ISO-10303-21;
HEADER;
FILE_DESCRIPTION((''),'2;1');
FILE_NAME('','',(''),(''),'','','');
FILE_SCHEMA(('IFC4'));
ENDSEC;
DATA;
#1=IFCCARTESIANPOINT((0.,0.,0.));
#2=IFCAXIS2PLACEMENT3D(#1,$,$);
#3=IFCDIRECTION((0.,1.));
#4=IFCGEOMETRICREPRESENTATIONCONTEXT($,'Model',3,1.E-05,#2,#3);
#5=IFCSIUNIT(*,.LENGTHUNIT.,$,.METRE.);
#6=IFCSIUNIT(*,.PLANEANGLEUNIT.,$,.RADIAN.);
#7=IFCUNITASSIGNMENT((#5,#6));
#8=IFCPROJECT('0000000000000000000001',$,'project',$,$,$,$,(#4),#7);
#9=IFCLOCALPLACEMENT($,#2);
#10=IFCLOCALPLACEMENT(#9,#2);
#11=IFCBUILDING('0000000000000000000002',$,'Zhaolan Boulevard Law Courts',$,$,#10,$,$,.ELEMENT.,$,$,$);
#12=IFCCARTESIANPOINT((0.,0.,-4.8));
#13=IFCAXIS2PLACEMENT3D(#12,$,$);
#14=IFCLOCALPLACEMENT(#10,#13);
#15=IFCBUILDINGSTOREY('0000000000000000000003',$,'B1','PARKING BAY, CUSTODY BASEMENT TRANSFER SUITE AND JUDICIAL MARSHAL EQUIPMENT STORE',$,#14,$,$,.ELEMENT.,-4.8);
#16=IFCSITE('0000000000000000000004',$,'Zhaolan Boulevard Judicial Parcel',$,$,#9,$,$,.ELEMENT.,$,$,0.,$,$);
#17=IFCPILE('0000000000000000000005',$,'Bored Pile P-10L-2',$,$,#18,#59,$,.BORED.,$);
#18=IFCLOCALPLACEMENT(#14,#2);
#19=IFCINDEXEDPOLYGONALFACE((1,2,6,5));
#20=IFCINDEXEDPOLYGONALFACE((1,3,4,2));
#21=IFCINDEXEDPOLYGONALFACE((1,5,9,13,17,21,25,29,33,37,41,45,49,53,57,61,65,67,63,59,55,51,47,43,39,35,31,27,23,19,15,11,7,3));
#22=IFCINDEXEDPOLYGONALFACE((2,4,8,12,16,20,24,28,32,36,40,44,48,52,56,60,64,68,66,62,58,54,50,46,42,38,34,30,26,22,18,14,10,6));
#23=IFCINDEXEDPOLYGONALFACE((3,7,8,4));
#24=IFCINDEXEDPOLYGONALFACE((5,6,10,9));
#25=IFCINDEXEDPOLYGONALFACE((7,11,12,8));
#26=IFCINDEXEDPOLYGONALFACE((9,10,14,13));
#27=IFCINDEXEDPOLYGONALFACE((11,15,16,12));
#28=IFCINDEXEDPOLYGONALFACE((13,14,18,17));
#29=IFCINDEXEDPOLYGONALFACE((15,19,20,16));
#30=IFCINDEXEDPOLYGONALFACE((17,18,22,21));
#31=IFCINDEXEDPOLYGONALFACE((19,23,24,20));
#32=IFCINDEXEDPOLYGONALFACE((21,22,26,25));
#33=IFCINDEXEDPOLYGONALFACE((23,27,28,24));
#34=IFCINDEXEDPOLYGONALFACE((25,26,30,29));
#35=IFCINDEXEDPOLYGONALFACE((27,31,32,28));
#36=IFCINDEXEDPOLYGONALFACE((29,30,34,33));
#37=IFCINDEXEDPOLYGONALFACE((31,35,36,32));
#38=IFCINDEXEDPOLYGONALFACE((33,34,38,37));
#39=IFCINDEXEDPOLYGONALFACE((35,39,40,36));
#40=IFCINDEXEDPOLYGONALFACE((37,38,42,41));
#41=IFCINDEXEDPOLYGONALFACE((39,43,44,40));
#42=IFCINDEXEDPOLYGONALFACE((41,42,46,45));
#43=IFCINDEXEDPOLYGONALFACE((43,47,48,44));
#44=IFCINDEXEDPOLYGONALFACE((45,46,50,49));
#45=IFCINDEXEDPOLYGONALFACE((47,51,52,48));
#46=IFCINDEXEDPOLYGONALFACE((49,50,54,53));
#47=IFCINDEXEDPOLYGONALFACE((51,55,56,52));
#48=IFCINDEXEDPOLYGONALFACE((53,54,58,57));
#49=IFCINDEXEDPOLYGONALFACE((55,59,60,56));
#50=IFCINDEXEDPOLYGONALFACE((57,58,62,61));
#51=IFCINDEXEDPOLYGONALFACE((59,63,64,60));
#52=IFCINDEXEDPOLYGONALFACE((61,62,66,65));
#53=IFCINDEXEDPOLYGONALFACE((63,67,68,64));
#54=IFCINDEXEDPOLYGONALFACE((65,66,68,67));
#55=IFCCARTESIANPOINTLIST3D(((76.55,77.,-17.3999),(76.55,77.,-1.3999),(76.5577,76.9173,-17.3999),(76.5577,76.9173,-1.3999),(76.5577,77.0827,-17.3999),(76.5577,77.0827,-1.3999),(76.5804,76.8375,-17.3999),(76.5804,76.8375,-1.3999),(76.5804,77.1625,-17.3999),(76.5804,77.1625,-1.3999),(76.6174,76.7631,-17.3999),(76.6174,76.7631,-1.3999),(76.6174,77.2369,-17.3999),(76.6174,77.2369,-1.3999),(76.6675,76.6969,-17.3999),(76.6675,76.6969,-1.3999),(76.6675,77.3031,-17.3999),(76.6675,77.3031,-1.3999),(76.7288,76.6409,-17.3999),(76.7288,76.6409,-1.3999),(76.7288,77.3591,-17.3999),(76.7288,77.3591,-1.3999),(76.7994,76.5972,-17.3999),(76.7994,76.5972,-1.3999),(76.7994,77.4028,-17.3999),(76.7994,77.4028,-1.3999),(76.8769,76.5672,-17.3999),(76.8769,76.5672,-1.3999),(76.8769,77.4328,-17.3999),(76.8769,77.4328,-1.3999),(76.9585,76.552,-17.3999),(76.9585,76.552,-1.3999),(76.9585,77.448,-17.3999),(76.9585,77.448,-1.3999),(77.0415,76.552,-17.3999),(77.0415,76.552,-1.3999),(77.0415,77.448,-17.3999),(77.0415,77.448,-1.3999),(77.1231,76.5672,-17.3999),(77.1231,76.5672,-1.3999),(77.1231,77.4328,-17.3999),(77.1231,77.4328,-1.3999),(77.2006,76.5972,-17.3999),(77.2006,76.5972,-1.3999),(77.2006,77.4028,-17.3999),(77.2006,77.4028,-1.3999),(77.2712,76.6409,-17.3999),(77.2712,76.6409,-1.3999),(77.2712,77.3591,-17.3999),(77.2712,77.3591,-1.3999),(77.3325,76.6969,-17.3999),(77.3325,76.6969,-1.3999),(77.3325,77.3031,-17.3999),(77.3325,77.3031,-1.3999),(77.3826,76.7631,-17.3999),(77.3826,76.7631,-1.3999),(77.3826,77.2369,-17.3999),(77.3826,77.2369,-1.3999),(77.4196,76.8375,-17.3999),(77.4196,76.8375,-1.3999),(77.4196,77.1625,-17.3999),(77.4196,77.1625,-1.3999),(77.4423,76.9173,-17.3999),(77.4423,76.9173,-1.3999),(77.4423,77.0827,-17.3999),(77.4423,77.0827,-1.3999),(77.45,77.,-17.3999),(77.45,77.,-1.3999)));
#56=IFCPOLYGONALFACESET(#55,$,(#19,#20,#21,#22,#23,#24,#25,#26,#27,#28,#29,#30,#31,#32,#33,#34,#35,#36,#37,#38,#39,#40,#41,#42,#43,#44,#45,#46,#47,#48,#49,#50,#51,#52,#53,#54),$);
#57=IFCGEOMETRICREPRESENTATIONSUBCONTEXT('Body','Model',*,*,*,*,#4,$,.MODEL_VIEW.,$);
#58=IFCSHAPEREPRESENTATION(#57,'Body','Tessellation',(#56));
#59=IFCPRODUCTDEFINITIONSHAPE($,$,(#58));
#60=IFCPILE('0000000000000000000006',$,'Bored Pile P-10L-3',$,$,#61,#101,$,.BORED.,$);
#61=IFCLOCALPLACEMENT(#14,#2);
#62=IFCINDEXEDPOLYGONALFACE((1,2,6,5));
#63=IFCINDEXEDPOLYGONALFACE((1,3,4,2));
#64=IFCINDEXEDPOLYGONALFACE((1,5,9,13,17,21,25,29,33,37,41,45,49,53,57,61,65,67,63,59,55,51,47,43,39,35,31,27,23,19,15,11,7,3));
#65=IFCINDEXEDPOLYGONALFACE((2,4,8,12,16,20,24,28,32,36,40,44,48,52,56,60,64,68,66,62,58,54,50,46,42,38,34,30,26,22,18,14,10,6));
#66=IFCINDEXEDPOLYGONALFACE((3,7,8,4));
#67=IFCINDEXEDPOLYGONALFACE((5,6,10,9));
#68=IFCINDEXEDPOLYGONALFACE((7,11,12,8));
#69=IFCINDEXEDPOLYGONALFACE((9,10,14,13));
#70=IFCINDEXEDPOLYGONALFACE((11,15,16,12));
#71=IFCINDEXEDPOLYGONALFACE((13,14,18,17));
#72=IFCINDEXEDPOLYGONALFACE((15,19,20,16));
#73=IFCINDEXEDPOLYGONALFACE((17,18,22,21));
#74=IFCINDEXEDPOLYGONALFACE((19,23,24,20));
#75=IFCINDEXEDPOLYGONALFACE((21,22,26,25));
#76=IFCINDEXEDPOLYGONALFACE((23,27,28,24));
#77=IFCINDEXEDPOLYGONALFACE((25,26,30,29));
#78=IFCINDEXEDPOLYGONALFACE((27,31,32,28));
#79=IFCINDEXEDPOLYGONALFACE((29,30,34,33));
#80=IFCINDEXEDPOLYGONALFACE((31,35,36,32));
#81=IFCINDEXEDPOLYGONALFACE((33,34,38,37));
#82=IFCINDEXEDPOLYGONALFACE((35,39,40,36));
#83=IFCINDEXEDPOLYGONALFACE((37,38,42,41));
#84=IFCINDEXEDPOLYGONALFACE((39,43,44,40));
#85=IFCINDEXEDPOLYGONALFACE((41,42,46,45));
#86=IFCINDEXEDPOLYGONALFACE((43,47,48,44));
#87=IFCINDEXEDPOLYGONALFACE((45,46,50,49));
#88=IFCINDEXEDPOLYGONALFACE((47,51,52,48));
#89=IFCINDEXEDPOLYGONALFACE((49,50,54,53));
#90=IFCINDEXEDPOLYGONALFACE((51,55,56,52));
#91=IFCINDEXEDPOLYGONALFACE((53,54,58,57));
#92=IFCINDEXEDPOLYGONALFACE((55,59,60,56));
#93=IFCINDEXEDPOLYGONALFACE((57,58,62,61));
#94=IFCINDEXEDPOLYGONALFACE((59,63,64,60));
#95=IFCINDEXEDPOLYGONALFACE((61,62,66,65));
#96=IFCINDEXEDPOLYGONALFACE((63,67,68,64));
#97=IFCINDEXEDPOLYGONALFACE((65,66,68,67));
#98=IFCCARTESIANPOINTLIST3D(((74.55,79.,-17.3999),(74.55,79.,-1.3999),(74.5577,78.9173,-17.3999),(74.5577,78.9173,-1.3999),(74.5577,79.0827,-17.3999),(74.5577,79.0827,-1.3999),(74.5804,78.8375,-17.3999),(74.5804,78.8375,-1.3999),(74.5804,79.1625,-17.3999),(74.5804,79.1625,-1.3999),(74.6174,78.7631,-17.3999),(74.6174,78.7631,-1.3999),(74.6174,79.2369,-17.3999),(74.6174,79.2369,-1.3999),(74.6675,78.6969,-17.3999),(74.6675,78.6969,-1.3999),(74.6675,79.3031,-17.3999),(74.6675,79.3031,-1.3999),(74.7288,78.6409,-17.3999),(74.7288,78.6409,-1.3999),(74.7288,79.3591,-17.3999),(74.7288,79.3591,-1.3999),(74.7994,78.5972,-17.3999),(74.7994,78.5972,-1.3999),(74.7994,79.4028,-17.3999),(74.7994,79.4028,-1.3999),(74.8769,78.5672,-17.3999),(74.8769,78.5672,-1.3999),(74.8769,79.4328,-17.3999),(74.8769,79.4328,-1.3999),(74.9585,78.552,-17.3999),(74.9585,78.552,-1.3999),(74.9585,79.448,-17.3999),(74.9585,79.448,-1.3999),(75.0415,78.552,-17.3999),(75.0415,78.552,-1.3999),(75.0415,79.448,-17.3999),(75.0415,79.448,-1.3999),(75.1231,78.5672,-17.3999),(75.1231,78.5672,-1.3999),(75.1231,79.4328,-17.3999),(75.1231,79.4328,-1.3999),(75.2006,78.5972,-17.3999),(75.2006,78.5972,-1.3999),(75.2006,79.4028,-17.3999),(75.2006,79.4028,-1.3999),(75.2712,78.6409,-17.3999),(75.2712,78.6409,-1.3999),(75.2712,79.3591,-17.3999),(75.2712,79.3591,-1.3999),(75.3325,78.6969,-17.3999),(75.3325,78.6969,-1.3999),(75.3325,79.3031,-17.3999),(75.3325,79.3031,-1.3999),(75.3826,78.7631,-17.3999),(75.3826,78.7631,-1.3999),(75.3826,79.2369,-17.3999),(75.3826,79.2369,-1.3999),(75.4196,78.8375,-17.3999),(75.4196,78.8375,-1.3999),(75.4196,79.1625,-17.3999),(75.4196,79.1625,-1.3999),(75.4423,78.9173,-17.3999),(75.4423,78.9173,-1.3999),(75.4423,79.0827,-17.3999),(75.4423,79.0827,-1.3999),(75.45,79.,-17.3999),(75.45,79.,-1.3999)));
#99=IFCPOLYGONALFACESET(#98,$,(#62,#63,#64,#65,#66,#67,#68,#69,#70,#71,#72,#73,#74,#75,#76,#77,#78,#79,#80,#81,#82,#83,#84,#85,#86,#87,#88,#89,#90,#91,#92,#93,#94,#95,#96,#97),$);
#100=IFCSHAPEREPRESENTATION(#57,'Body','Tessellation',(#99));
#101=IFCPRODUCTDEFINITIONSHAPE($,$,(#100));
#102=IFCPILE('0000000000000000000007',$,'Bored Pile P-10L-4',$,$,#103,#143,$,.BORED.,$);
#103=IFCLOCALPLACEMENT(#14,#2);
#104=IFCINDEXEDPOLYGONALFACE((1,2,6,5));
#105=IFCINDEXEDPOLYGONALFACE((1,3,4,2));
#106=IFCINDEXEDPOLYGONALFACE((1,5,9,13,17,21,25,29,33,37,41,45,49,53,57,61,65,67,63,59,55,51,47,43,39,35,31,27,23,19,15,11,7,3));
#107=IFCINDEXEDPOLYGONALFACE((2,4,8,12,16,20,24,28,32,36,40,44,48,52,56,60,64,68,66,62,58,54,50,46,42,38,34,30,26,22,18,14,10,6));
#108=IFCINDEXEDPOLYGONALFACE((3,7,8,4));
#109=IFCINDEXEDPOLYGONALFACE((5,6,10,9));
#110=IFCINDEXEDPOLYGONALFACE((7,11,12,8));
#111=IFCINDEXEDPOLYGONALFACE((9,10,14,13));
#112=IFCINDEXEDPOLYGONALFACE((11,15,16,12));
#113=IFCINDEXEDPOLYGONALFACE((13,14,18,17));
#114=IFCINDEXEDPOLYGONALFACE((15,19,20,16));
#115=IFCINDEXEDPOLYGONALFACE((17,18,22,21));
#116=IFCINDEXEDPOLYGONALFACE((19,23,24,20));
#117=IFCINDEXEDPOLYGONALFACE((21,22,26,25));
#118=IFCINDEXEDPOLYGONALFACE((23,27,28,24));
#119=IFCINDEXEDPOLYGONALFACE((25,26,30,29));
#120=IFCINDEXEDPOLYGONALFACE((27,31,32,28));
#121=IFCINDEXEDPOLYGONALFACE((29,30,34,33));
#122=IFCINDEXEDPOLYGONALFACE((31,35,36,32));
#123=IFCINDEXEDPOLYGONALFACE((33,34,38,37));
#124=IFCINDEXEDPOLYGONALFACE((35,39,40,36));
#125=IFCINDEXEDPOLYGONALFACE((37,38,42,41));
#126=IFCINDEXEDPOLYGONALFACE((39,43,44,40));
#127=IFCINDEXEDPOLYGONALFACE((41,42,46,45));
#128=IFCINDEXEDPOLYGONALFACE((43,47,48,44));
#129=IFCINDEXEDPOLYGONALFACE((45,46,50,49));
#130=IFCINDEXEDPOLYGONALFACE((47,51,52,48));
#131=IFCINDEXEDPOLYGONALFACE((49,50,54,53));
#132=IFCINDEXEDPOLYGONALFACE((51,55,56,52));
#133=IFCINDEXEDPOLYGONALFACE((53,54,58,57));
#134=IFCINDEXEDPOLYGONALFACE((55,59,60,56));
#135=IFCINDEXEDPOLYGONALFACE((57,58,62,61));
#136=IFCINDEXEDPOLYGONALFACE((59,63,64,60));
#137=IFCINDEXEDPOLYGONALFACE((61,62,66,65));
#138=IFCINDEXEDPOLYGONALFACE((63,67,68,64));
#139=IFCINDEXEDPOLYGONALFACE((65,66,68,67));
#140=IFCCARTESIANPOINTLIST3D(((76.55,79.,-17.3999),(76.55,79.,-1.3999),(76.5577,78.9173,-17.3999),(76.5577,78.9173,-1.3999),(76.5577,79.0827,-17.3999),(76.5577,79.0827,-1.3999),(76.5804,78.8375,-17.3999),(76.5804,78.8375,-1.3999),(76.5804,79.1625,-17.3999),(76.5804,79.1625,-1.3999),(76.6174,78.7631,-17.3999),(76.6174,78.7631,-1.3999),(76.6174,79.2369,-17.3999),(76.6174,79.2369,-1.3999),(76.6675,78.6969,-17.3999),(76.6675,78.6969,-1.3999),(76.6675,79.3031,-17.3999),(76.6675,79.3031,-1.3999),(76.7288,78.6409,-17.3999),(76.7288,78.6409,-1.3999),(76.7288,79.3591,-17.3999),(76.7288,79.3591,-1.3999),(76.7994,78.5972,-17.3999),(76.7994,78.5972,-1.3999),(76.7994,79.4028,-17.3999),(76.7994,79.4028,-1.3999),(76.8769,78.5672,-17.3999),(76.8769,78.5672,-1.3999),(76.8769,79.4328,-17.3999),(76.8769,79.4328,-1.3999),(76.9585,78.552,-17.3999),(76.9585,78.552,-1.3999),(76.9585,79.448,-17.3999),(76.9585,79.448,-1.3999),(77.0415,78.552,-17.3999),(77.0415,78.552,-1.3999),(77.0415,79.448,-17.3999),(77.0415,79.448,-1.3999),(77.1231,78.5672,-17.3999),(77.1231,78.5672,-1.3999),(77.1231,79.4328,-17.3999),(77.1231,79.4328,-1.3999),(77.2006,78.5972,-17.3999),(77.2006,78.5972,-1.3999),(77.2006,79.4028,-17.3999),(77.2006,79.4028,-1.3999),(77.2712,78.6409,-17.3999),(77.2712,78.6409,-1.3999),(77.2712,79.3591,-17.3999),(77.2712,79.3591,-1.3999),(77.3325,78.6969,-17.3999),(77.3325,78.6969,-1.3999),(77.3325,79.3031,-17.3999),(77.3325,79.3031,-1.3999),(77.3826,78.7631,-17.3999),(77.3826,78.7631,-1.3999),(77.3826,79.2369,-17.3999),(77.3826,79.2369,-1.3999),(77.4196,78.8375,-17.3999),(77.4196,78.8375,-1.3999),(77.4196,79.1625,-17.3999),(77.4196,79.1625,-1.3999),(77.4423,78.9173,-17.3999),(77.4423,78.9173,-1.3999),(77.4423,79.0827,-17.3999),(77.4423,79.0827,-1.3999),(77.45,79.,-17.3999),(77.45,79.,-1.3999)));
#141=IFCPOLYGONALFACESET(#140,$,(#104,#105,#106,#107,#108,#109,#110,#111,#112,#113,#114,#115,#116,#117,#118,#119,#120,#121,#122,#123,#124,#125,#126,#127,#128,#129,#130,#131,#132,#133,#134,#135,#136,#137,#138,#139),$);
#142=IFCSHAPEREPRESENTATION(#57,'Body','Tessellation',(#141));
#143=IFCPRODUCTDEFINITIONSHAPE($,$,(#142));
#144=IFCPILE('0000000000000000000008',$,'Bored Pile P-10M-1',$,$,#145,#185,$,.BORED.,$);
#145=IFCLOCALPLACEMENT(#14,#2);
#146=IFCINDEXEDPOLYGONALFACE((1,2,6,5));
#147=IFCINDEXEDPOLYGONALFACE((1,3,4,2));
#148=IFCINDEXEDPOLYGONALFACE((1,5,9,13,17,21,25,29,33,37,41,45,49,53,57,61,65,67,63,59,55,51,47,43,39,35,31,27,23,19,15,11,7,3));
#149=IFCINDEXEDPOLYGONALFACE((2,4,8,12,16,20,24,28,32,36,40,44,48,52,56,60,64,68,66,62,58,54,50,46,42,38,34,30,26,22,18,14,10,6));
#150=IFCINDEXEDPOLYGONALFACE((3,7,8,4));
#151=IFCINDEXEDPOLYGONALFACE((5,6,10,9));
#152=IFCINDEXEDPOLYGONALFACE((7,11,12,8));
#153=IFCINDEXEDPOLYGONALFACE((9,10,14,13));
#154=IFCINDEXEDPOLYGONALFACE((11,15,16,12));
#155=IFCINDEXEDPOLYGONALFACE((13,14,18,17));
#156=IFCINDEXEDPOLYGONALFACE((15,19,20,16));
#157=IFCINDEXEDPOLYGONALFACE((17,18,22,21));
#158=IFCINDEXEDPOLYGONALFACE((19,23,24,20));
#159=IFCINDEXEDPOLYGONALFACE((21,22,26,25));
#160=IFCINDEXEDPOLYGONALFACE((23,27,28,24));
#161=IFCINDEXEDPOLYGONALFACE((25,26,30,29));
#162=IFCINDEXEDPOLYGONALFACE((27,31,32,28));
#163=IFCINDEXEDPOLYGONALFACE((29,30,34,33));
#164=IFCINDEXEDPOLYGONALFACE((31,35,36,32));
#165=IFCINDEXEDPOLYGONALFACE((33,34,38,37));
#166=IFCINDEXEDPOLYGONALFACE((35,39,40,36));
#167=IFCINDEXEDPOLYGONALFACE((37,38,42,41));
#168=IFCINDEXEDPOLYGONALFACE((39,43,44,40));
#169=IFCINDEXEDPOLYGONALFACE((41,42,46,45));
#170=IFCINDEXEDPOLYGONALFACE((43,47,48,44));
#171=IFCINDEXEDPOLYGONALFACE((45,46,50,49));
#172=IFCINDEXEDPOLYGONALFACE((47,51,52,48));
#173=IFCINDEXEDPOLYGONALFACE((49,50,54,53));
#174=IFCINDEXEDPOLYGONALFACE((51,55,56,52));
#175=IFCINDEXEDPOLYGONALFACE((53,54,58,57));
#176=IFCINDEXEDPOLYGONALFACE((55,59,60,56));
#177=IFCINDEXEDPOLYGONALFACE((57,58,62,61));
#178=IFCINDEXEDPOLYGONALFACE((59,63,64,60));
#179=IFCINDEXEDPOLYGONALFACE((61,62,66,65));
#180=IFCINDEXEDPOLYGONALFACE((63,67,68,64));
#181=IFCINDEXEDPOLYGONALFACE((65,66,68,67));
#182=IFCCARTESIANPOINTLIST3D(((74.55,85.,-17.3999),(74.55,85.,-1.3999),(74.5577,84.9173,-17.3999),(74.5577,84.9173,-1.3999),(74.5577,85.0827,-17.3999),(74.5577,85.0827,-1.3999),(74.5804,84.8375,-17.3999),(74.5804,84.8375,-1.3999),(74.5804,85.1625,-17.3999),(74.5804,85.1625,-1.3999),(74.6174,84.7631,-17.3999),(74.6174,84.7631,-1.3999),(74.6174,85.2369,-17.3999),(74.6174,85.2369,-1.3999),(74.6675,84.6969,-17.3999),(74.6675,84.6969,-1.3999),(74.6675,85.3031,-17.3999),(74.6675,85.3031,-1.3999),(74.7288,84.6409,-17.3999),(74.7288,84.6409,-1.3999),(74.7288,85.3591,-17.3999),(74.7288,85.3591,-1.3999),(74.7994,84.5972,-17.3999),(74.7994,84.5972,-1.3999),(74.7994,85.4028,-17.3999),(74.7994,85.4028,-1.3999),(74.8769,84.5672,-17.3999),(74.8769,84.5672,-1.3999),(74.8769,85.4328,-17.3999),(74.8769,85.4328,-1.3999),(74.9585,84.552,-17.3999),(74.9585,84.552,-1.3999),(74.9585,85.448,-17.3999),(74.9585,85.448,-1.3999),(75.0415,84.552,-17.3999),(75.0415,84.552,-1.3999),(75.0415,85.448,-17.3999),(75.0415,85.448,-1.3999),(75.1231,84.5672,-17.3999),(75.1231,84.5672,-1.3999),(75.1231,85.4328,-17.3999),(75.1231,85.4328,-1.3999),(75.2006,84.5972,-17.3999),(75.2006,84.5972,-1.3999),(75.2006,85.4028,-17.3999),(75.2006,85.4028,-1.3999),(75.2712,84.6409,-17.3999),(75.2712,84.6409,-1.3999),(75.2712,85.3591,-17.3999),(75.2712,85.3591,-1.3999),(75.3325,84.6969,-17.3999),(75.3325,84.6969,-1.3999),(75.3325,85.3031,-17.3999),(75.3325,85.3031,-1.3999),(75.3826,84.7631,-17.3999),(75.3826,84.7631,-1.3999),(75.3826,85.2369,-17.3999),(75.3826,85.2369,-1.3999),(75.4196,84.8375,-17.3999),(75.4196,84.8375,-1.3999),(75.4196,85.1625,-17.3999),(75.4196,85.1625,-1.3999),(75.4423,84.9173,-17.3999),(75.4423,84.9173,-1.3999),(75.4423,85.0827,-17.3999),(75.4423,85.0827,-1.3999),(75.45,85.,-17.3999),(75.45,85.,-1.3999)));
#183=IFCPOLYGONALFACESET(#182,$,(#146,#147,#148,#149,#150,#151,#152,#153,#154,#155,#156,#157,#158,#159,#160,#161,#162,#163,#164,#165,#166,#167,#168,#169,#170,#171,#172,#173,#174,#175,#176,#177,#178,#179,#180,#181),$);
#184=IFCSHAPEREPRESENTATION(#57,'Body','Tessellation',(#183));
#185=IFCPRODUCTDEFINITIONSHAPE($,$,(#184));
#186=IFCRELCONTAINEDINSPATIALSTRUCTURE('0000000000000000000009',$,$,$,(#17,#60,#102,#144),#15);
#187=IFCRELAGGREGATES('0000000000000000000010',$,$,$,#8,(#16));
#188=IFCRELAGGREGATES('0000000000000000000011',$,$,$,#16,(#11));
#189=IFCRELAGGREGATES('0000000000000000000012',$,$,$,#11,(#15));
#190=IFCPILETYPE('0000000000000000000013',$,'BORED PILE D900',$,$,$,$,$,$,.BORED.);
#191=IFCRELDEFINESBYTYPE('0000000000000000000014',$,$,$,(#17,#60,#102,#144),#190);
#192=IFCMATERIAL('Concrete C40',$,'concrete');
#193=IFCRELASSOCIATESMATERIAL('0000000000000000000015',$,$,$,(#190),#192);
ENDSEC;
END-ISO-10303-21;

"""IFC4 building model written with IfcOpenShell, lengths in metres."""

from ifc_helpers import new_model, si_unit, direction, frame, origin, origin_2d, place, context, subcontext, project, spatial, circle, extrude, material, material_profile, profile_set, type_object, element, save


model = new_model("IFC4")

# Units and contexts
model_context = context("Model", 3, precision=1e-05, world=origin(), true_north=direction((0.0, 1.0)))
body_context = subcontext(model_context, "Body", "Model", "MODEL_VIEW")
ifc_project = project(units=[si_unit("LENGTHUNIT", "METRE"), si_unit("PLANEANGLEUNIT", "RADIAN")], contexts=[model_context])

# Site, building, storey
site_placement = place(None, origin())
site = spatial("IfcSite", under=ifc_project, at=site_placement, Name="Zhaolan Boulevard Judicial Parcel", CompositionType="ELEMENT", RefElevation=0.0)
building_placement = place(site_placement, origin())
building = spatial("IfcBuilding", under=site, at=building_placement, Name="Zhaolan Boulevard Law Courts", CompositionType="ELEMENT")
storey_placement = place(building_placement, frame((0.0, 0.0, -4.8)))
storey = spatial("IfcBuildingStorey", under=building, at=storey_placement, Name="B1", Description="PARKING BAY, CUSTODY BASEMENT TRANSFER SUITE AND JUDICIAL MARSHAL EQUIPMENT STORE", CompositionType="ELEMENT", Elevation=-4.8)

# Piles
ifc_material_1 = material(Name="Concrete C40", Category="concrete")
ifc_material_profile_1 = material_profile(ifc_material_1, circle(Radius=0.45, at=origin_2d()), Name="PILE-D900")
ifc_profile_set_1 = profile_set([ifc_material_profile_1], Name="Concrete C40")
pile_type = type_object("IfcPileType", Name="BORED PILE D900", PredefinedType="BORED", material=ifc_profile_set_1)
for number, where, z_axis, x_axis, name in (
    (1, (77.0, 77.0, -1.3999), (0.0, 0.0, -1.0), (1.0, 0.0, 0.0), "Bored Pile P-10L-2"),
    (2, (75.0, 79.0, -1.3999), (0.0, 0.0, -1.0), (1.0, 0.0, 0.0), "Bored Pile P-10L-3"),
    (3, (77.0, 79.0, -1.3999), (0.0, 0.0, -1.0), (1.0, 0.0, 0.0), "Bored Pile P-10L-4"),
    (4, (75.0, 85.0, -1.3999), (0.0, 0.0, -1.0), (1.0, 0.0, 0.0), "Bored Pile P-10M-1"),
):
    element("IfcPile", number, at=place(storey_placement, frame(where, z_axis=z_axis, x_axis=x_axis)), inside=storey, type_object=pile_type, Name=name, PredefinedType="BORED", context=body_context, shape_type="SweptSolid", body=[
        extrude(circle(Radius=0.45, at=origin_2d()), origin(), (0.0, 0.0, 1.0), 16.0),
    ])

save(model, "model.ifc")
